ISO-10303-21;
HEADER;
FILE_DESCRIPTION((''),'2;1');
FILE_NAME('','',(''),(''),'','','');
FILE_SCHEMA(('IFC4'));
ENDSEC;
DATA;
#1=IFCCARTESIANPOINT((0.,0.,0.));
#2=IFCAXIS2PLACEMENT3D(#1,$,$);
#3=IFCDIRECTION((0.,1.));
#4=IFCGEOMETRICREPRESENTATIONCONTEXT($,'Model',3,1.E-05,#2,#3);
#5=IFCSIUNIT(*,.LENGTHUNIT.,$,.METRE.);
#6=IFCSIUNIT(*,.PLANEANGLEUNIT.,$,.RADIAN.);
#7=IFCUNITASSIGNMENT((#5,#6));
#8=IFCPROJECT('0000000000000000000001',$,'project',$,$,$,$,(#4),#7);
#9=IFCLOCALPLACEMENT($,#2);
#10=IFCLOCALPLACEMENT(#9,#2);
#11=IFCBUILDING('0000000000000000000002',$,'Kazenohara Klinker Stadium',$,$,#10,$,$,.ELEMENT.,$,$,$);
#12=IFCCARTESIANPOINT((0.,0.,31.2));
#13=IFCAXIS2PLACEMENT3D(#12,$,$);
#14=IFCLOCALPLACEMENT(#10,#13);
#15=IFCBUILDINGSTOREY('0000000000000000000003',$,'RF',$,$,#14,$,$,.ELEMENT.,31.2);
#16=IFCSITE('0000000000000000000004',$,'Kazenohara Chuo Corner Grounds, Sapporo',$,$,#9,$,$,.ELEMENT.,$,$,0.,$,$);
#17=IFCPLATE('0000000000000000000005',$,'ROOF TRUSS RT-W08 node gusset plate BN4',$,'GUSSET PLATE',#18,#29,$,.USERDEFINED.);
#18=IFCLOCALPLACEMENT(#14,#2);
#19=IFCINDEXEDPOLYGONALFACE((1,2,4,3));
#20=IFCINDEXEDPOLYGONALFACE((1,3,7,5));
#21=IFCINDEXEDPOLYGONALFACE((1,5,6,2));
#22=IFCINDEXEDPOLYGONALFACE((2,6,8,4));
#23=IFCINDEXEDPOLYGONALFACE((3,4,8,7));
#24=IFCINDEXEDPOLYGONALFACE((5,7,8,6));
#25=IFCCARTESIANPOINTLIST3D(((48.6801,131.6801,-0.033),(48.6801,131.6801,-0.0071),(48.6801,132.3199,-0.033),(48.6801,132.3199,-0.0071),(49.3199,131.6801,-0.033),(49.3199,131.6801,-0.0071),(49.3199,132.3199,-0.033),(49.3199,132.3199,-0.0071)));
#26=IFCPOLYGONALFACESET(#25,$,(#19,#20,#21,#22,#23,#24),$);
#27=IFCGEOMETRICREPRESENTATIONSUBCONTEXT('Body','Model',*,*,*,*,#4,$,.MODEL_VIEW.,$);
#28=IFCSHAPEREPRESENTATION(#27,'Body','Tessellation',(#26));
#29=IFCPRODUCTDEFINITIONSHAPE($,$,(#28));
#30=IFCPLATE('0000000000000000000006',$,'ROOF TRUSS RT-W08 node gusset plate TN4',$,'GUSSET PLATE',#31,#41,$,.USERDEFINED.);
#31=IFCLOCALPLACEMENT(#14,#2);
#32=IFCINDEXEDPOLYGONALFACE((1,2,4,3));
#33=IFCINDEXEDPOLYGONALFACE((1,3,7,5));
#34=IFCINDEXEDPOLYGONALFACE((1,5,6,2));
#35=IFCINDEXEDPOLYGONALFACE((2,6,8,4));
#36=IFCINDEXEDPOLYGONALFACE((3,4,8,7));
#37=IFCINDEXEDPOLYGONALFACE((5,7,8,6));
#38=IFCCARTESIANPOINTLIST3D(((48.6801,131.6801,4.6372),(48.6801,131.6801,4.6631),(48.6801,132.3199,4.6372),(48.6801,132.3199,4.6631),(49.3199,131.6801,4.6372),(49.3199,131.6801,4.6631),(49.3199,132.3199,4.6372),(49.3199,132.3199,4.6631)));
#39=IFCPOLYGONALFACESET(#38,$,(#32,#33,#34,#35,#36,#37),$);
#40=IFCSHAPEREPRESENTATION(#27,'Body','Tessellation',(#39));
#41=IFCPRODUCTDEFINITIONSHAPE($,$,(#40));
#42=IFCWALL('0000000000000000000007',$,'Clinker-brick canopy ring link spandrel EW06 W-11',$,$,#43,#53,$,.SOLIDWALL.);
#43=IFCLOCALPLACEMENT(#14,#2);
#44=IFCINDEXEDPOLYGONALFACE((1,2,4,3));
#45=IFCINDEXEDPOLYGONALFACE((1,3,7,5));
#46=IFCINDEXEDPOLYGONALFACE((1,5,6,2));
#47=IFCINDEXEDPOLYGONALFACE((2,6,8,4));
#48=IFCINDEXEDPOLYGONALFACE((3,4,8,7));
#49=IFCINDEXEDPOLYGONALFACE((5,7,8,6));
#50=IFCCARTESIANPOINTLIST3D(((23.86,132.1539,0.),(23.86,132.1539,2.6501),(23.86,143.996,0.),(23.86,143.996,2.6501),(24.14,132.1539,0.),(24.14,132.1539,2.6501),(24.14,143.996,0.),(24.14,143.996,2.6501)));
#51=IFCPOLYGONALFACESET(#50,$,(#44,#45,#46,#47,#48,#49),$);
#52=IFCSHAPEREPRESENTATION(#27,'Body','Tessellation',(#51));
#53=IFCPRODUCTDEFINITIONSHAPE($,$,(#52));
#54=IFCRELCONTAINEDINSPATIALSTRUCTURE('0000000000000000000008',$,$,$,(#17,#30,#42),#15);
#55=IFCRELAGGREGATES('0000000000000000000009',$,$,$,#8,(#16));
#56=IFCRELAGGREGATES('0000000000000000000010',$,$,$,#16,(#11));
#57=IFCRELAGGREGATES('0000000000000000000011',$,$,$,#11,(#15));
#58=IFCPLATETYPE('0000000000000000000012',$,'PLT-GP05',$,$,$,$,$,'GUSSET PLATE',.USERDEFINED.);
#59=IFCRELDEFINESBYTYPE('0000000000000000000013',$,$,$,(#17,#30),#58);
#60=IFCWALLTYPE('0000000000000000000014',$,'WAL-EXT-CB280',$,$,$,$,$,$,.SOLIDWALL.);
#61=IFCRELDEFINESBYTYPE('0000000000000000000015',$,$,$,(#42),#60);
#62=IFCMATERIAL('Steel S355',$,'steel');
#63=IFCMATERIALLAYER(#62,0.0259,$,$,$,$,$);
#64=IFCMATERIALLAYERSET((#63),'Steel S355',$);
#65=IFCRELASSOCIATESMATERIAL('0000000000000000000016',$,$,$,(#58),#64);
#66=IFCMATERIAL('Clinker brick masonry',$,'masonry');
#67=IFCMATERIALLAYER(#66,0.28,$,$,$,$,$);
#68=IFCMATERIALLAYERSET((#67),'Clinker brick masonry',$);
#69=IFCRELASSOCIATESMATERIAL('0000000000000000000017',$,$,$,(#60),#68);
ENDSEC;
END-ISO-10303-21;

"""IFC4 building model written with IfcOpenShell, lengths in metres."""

from ifc_helpers import new_model, si_unit, direction, frame, frame_2d, origin, origin_2d, place, context, subcontext, project, spatial, rectangle, extrude, material, layer, layer_set, type_object, element, save


model = new_model("IFC4")

# Units and contexts
model_context = context("Model", 3, precision=1e-05, world=origin(), true_north=direction((0.0, 1.0)))
body_context = subcontext(model_context, "Body", "Model", "MODEL_VIEW")
ifc_project = project(units=[si_unit("LENGTHUNIT", "METRE"), si_unit("PLANEANGLEUNIT", "RADIAN")], contexts=[model_context])

# Site, building, storey
site_placement = place(None, origin())
site = spatial("IfcSite", under=ifc_project, at=site_placement, Name="Kazenohara Chuo Corner Grounds, Sapporo", CompositionType="ELEMENT", RefElevation=0.0)
building_placement = place(site_placement, origin())
building = spatial("IfcBuilding", under=site, at=building_placement, Name="Kazenohara Klinker Stadium", CompositionType="ELEMENT")
storey_placement = place(building_placement, frame((0.0, 0.0, 31.2)))
storey = spatial("IfcBuildingStorey", under=building, at=storey_placement, Name="RF", CompositionType="ELEMENT", Elevation=31.2)

# Shared definitions
ifc_material_1 = material(Name="Steel S355", Category="steel")

# Plates
ifc_layer_1 = layer(ifc_material_1, 0.0259)
ifc_layer_set_1 = layer_set([ifc_layer_1], Name="Steel S355")
plate_type_1 = type_object("IfcPlateType", Name="PLT-GP05", ElementType="GUSSET PLATE", PredefinedType="USERDEFINED", material=ifc_layer_set_1)
for number, where, z_axis, x_axis, name in (
    (1, (49.0, 132.0, -0.033), (0.0, 0.0, 1.0), (1.0, 0.0, 0.0), "ROOF TRUSS RT-W08 node gusset plate BN4"),
    (2, (49.0, 132.0, 4.6372), (0.0, 0.0, 1.0), (1.0, 0.0, 0.0), "ROOF TRUSS RT-W08 node gusset plate TN4"),
):
    element("IfcPlate", number, at=place(storey_placement, frame(where, z_axis=z_axis, x_axis=x_axis)), inside=storey, type_object=plate_type_1, Name=name, ObjectType="GUSSET PLATE", PredefinedType="USERDEFINED", context=body_context, shape_type="SweptSolid", body=[
        extrude(rectangle(XDim=0.6399, YDim=0.6399, at=origin_2d()), origin(), (0.0, 0.0, 1.0), 0.0259),
    ])

# Wall
ifc_material_2 = material(Name="Clinker brick masonry", Category="masonry")
ifc_layer_2 = layer(ifc_material_2, 0.28)
ifc_layer_set_2 = layer_set([ifc_layer_2], Name="Clinker brick masonry")
wall_type = type_object("IfcWallType", Name="WAL-EXT-CB280", PredefinedType="SOLIDWALL", material=ifc_layer_set_2)
wall_placement = place(storey_placement, frame((24.0, 132.1541, 0.0), z_axis=(0.0, 0.0, 1.0), x_axis=(0.0, 1.0, 0.0)))
element("IfcWall", 3, at=wall_placement, inside=storey, type_object=wall_type, Name="Clinker-brick canopy ring link spandrel EW06 W-11", PredefinedType="SOLIDWALL", context=body_context, shape_type="SweptSolid", body=[
    extrude(rectangle(XDim=11.842, YDim=0.28, at=frame_2d((5.9209, 0.0))), origin(), (0.0, 0.0, 1.0), 2.6501),
])

save(model, "model.ifc")
